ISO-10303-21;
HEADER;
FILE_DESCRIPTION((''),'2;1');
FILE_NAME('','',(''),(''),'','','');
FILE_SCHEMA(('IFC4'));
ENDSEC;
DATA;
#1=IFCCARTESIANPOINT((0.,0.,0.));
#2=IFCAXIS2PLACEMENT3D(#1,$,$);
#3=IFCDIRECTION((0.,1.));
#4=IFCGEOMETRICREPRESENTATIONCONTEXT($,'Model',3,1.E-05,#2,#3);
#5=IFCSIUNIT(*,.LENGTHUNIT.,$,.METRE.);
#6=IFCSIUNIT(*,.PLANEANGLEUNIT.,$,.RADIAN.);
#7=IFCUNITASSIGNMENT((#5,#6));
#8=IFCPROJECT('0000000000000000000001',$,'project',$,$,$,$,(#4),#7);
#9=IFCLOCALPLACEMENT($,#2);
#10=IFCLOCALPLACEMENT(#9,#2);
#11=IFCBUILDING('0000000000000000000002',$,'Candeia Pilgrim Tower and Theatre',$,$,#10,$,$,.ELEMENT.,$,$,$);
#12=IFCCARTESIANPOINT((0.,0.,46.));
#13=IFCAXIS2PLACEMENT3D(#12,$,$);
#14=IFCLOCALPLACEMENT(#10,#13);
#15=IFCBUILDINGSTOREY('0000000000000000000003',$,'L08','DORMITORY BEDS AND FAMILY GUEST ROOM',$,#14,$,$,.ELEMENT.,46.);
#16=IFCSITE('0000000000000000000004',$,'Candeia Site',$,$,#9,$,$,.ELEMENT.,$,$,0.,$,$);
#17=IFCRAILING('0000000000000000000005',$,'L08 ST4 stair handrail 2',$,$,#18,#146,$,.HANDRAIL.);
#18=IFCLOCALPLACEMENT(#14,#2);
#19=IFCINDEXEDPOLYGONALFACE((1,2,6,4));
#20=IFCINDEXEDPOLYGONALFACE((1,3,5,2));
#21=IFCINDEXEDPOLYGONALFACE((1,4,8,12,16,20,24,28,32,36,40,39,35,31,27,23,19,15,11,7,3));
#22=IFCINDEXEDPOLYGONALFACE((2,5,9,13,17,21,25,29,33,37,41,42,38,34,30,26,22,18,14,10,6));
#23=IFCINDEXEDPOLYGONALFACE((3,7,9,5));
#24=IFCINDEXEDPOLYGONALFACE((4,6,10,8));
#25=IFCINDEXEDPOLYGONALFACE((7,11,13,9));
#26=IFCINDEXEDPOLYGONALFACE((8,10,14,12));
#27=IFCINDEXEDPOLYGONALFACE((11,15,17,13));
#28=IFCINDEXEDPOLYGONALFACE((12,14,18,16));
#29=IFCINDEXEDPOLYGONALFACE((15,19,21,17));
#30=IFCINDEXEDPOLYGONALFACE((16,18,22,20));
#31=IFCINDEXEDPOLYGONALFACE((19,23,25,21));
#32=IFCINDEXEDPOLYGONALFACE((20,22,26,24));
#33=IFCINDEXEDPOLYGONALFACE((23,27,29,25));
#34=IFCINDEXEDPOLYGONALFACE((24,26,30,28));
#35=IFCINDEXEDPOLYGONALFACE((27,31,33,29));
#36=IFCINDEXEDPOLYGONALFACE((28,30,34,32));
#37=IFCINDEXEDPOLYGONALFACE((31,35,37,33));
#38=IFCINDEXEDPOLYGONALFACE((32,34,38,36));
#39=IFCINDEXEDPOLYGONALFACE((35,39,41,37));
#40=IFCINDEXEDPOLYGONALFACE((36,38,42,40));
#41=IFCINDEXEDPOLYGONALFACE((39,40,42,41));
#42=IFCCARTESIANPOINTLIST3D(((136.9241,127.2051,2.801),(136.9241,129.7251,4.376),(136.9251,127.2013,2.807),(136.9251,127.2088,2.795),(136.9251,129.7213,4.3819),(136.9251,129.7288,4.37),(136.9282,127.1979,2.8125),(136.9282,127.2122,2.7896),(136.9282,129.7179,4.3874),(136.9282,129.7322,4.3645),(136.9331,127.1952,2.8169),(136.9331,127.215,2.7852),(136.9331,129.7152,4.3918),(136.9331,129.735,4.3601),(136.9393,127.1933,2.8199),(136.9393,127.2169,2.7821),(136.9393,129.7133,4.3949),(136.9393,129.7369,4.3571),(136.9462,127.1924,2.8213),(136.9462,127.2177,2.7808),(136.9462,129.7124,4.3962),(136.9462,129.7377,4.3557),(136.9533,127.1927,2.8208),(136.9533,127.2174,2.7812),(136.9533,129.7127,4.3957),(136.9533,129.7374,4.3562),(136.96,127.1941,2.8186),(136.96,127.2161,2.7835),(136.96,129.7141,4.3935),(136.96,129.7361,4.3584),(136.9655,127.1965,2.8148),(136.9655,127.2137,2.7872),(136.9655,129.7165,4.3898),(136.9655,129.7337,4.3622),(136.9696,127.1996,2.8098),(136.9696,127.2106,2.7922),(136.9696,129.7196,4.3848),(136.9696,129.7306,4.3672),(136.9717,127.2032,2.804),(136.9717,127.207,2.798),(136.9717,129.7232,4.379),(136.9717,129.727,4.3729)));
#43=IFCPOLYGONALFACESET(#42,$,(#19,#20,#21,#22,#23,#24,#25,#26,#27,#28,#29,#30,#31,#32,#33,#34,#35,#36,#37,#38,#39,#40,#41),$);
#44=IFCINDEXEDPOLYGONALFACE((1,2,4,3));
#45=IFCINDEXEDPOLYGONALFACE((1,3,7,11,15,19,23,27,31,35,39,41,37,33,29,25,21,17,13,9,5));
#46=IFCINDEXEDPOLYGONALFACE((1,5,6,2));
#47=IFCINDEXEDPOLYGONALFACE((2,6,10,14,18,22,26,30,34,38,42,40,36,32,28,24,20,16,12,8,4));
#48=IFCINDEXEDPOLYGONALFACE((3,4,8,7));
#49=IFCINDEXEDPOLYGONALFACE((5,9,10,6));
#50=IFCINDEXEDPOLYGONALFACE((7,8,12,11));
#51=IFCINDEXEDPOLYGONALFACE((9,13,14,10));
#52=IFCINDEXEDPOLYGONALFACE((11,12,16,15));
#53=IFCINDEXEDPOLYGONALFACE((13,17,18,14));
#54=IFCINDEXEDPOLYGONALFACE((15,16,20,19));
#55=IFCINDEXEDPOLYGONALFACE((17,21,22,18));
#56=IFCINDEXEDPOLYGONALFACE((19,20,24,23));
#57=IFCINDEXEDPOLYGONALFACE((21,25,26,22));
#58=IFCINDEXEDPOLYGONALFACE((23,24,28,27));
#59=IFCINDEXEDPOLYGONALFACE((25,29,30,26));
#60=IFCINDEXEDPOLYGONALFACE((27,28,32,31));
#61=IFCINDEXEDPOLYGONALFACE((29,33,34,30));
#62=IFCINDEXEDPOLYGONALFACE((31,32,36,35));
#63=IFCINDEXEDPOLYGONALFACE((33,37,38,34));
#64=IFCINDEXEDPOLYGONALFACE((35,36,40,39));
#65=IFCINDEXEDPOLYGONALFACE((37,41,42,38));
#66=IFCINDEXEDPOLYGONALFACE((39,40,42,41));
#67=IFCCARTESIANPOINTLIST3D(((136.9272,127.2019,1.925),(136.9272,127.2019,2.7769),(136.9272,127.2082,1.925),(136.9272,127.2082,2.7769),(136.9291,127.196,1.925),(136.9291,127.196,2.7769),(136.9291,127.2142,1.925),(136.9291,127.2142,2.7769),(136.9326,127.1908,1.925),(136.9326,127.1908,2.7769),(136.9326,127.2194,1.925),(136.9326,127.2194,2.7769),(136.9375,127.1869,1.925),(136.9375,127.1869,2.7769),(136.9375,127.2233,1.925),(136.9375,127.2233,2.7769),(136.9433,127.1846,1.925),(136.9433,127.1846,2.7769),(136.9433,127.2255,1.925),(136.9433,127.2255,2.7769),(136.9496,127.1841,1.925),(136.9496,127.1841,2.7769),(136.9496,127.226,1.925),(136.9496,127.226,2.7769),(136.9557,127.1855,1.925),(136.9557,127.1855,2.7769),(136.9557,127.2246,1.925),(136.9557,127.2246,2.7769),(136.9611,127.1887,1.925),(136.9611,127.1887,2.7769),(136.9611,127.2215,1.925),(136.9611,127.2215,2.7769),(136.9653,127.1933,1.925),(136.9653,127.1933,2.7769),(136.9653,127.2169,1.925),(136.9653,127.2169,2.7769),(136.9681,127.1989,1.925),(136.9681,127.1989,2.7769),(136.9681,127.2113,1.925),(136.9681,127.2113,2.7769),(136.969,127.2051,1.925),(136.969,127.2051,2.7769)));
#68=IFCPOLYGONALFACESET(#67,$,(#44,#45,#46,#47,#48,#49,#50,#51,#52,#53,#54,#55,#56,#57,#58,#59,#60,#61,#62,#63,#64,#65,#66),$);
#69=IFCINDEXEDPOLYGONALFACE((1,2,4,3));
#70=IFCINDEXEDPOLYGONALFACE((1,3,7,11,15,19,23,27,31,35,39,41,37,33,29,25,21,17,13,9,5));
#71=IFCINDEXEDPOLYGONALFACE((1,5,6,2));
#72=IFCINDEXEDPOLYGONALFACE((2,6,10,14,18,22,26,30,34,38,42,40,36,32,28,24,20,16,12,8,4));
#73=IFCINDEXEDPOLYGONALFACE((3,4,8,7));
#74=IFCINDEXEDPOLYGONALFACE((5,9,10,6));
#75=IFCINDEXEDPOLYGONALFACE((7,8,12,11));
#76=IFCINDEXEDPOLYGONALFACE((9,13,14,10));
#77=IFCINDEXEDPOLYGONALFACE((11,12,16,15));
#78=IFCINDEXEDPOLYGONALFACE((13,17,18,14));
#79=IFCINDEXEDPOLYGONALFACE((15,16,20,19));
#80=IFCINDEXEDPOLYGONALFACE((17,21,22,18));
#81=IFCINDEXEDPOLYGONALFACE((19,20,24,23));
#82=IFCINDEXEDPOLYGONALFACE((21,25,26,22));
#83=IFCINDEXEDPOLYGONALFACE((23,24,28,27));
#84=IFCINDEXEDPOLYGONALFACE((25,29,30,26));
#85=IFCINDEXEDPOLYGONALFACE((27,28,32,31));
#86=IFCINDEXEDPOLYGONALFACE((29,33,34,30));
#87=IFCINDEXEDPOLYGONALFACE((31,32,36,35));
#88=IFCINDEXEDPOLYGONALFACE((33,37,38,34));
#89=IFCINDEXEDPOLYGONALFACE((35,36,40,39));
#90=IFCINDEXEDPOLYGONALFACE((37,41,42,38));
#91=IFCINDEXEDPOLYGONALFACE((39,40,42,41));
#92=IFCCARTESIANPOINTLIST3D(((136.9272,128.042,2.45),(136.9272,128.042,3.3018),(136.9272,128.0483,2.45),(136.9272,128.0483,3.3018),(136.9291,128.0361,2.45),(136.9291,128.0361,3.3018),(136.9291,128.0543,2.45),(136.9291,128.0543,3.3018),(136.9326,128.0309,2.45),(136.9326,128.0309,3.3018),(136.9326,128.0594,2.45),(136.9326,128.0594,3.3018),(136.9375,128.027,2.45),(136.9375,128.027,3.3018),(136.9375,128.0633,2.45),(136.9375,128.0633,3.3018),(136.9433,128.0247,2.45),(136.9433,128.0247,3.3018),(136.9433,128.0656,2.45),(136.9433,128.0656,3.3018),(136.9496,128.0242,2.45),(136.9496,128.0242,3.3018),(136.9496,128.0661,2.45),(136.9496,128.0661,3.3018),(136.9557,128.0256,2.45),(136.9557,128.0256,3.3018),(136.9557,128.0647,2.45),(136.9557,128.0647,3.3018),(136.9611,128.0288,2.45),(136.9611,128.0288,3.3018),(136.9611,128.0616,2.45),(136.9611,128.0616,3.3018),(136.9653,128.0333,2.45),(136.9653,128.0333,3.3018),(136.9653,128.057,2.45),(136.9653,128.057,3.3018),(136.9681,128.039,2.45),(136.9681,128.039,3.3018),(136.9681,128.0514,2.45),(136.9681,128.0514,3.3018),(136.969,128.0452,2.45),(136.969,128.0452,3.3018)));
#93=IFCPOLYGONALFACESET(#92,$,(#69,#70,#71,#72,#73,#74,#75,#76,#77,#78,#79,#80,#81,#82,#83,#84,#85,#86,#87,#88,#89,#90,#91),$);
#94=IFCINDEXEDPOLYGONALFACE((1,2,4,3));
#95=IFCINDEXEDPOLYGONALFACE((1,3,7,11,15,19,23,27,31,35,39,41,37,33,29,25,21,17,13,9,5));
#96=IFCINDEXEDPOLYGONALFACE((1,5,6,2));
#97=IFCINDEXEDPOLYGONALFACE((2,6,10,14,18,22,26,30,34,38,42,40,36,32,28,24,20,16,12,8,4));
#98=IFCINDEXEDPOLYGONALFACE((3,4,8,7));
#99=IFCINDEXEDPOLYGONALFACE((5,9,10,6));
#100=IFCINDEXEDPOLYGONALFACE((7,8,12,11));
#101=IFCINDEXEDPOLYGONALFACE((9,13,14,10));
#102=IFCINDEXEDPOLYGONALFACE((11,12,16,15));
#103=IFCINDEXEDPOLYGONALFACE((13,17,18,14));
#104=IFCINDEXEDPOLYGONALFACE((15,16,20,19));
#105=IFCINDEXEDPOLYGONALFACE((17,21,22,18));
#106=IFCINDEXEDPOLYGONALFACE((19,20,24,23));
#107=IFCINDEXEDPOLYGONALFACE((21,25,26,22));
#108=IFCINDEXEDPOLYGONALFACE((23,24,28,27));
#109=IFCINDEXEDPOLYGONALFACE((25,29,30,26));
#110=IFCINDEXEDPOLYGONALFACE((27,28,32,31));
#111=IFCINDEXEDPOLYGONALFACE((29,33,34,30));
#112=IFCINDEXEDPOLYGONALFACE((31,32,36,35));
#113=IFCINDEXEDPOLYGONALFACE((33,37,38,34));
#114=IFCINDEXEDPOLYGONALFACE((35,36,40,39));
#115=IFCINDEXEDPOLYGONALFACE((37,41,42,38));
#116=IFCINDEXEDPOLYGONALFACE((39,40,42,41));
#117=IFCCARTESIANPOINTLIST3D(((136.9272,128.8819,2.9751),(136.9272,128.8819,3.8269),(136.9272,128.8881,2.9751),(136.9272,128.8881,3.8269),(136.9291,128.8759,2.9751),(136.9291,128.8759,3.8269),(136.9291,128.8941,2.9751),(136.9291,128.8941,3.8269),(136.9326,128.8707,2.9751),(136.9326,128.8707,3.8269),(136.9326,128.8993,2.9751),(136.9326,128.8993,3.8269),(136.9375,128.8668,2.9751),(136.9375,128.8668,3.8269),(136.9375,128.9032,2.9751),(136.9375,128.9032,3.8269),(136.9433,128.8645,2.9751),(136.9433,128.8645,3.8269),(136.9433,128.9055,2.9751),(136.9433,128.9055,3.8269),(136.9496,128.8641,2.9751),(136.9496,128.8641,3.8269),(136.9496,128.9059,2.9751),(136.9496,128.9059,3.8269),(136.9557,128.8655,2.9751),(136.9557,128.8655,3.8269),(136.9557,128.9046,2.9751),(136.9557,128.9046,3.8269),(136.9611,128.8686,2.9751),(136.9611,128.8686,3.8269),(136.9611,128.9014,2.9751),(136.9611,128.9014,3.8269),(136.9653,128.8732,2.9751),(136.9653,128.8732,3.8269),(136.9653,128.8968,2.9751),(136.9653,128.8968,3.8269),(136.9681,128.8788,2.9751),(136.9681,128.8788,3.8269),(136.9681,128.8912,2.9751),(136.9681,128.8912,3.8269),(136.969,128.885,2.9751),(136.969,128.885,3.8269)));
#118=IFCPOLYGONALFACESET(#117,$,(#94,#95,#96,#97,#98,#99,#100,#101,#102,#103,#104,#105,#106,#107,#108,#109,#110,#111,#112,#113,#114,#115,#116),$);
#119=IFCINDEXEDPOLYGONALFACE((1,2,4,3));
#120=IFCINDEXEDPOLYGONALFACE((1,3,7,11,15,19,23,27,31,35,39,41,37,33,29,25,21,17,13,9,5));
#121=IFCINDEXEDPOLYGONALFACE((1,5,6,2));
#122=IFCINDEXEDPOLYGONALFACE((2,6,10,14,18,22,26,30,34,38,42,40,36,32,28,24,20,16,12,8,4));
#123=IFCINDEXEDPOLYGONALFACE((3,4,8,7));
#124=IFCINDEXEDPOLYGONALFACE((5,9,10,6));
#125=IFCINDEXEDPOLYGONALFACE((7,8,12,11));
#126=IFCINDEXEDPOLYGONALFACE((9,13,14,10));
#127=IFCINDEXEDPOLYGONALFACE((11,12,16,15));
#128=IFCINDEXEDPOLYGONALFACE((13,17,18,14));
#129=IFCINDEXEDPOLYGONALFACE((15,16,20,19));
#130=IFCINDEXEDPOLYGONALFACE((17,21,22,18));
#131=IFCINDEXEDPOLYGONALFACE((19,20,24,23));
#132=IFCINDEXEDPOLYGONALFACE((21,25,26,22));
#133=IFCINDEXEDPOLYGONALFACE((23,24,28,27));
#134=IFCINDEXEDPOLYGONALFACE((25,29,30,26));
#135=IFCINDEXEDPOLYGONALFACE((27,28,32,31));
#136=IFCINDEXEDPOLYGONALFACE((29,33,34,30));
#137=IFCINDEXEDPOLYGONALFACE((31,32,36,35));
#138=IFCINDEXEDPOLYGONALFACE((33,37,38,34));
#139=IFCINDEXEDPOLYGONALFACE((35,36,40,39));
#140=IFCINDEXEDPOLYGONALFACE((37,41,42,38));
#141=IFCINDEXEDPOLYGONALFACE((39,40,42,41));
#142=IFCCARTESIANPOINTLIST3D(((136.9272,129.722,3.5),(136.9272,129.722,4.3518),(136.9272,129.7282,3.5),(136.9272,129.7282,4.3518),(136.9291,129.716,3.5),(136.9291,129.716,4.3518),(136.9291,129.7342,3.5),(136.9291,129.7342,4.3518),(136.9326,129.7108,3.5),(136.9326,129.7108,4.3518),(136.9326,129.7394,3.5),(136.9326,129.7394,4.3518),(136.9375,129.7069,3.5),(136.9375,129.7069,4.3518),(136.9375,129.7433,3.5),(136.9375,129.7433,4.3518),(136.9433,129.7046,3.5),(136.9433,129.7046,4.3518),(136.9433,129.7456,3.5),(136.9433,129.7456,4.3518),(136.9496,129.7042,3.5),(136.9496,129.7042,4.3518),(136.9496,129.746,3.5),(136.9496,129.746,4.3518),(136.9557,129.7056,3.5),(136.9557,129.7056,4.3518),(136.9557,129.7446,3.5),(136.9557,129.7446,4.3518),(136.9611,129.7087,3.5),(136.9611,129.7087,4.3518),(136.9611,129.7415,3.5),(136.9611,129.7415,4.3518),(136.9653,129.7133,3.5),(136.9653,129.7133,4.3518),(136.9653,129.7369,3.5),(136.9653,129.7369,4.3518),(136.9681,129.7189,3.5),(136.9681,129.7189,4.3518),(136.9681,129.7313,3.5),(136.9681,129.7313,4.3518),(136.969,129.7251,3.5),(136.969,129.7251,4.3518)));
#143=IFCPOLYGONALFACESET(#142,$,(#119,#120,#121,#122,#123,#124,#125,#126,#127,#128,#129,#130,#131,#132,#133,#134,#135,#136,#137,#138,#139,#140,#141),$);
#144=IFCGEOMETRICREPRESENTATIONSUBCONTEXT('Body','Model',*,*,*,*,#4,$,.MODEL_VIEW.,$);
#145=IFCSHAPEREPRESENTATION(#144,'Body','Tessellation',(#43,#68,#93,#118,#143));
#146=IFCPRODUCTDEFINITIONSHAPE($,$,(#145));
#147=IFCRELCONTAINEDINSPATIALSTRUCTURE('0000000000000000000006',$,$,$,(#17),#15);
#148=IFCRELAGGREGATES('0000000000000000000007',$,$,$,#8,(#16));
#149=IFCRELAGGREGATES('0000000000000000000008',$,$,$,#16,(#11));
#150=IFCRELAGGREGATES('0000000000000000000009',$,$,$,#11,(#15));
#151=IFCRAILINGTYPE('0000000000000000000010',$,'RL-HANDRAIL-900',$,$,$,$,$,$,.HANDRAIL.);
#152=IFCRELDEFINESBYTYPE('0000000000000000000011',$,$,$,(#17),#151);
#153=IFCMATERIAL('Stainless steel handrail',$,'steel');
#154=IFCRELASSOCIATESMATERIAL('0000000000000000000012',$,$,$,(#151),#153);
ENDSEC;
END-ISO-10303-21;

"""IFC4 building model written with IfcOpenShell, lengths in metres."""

from ifc_helpers import new_model, si_unit, direction, frame, origin, origin_2d, place, context, subcontext, project, spatial, circle, extrude, material, type_object, element, save


model = new_model("IFC4")

# Units and contexts
model_context = context("Model", 3, precision=1e-05, world=origin(), true_north=direction((0.0, 1.0)))
body_context = subcontext(model_context, "Body", "Model", "MODEL_VIEW")
ifc_project = project(units=[si_unit("LENGTHUNIT", "METRE"), si_unit("PLANEANGLEUNIT", "RADIAN")], contexts=[model_context])

# Site, building, storey
site_placement = place(None, origin())
site = spatial("IfcSite", under=ifc_project, at=site_placement, Name="Candeia Site", CompositionType="ELEMENT", RefElevation=0.0)
building_placement = place(site_placement, origin())
building = spatial("IfcBuilding", under=site, at=building_placement, Name="Candeia Pilgrim Tower and Theatre", CompositionType="ELEMENT")
storey_placement = place(building_placement, frame((0.0, 0.0, 46.0)))
storey = spatial("IfcBuildingStorey", under=building, at=storey_placement, Name="L08", Description="DORMITORY BEDS AND FAMILY GUEST ROOM", CompositionType="ELEMENT", Elevation=46.0)

# Railing
ifc_material_1 = material(Name="Stainless steel handrail", Category="steel")
railing_type_1 = type_object("IfcRailingType", Name="RL-HANDRAIL-900", PredefinedType="HANDRAIL", material=ifc_material_1)
railing_1_placement = place(storey_placement, frame((136.948, 127.2051, 1.925)))
element("IfcRailing", 1, at=railing_1_placement, inside=storey, type_object=railing_type_1, Name="L08 ST4 stair handrail 2", PredefinedType="HANDRAIL", context=body_context, shape_type="SweptSolid", body=[
    extrude(circle(Radius=0.0239, at=origin_2d()), frame((0.0, 0.0, 0.876), z_axis=(0.0, 0.848008, 0.529984), x_axis=(-1.0, 0.0, 0.0)), (0.0, 0.0, 1.0), 2.9717),
    extrude(circle(Radius=0.021, at=origin_2d()), origin(), (0.0, 0.0, 1.0), 0.8518),
    extrude(circle(Radius=0.021, at=origin_2d()), frame((0.0, 0.8401, 0.5249)), (0.0, 0.0, 1.0), 0.8518),
    extrude(circle(Radius=0.021, at=origin_2d()), frame((0.0, 1.6799, 1.05)), (0.0, 0.0, 1.0), 0.8518),
    extrude(circle(Radius=0.021, at=origin_2d()), frame((0.0, 2.52, 1.575)), (0.0, 0.0, 1.0), 0.8518),
])

save(model, "model.ifc")
